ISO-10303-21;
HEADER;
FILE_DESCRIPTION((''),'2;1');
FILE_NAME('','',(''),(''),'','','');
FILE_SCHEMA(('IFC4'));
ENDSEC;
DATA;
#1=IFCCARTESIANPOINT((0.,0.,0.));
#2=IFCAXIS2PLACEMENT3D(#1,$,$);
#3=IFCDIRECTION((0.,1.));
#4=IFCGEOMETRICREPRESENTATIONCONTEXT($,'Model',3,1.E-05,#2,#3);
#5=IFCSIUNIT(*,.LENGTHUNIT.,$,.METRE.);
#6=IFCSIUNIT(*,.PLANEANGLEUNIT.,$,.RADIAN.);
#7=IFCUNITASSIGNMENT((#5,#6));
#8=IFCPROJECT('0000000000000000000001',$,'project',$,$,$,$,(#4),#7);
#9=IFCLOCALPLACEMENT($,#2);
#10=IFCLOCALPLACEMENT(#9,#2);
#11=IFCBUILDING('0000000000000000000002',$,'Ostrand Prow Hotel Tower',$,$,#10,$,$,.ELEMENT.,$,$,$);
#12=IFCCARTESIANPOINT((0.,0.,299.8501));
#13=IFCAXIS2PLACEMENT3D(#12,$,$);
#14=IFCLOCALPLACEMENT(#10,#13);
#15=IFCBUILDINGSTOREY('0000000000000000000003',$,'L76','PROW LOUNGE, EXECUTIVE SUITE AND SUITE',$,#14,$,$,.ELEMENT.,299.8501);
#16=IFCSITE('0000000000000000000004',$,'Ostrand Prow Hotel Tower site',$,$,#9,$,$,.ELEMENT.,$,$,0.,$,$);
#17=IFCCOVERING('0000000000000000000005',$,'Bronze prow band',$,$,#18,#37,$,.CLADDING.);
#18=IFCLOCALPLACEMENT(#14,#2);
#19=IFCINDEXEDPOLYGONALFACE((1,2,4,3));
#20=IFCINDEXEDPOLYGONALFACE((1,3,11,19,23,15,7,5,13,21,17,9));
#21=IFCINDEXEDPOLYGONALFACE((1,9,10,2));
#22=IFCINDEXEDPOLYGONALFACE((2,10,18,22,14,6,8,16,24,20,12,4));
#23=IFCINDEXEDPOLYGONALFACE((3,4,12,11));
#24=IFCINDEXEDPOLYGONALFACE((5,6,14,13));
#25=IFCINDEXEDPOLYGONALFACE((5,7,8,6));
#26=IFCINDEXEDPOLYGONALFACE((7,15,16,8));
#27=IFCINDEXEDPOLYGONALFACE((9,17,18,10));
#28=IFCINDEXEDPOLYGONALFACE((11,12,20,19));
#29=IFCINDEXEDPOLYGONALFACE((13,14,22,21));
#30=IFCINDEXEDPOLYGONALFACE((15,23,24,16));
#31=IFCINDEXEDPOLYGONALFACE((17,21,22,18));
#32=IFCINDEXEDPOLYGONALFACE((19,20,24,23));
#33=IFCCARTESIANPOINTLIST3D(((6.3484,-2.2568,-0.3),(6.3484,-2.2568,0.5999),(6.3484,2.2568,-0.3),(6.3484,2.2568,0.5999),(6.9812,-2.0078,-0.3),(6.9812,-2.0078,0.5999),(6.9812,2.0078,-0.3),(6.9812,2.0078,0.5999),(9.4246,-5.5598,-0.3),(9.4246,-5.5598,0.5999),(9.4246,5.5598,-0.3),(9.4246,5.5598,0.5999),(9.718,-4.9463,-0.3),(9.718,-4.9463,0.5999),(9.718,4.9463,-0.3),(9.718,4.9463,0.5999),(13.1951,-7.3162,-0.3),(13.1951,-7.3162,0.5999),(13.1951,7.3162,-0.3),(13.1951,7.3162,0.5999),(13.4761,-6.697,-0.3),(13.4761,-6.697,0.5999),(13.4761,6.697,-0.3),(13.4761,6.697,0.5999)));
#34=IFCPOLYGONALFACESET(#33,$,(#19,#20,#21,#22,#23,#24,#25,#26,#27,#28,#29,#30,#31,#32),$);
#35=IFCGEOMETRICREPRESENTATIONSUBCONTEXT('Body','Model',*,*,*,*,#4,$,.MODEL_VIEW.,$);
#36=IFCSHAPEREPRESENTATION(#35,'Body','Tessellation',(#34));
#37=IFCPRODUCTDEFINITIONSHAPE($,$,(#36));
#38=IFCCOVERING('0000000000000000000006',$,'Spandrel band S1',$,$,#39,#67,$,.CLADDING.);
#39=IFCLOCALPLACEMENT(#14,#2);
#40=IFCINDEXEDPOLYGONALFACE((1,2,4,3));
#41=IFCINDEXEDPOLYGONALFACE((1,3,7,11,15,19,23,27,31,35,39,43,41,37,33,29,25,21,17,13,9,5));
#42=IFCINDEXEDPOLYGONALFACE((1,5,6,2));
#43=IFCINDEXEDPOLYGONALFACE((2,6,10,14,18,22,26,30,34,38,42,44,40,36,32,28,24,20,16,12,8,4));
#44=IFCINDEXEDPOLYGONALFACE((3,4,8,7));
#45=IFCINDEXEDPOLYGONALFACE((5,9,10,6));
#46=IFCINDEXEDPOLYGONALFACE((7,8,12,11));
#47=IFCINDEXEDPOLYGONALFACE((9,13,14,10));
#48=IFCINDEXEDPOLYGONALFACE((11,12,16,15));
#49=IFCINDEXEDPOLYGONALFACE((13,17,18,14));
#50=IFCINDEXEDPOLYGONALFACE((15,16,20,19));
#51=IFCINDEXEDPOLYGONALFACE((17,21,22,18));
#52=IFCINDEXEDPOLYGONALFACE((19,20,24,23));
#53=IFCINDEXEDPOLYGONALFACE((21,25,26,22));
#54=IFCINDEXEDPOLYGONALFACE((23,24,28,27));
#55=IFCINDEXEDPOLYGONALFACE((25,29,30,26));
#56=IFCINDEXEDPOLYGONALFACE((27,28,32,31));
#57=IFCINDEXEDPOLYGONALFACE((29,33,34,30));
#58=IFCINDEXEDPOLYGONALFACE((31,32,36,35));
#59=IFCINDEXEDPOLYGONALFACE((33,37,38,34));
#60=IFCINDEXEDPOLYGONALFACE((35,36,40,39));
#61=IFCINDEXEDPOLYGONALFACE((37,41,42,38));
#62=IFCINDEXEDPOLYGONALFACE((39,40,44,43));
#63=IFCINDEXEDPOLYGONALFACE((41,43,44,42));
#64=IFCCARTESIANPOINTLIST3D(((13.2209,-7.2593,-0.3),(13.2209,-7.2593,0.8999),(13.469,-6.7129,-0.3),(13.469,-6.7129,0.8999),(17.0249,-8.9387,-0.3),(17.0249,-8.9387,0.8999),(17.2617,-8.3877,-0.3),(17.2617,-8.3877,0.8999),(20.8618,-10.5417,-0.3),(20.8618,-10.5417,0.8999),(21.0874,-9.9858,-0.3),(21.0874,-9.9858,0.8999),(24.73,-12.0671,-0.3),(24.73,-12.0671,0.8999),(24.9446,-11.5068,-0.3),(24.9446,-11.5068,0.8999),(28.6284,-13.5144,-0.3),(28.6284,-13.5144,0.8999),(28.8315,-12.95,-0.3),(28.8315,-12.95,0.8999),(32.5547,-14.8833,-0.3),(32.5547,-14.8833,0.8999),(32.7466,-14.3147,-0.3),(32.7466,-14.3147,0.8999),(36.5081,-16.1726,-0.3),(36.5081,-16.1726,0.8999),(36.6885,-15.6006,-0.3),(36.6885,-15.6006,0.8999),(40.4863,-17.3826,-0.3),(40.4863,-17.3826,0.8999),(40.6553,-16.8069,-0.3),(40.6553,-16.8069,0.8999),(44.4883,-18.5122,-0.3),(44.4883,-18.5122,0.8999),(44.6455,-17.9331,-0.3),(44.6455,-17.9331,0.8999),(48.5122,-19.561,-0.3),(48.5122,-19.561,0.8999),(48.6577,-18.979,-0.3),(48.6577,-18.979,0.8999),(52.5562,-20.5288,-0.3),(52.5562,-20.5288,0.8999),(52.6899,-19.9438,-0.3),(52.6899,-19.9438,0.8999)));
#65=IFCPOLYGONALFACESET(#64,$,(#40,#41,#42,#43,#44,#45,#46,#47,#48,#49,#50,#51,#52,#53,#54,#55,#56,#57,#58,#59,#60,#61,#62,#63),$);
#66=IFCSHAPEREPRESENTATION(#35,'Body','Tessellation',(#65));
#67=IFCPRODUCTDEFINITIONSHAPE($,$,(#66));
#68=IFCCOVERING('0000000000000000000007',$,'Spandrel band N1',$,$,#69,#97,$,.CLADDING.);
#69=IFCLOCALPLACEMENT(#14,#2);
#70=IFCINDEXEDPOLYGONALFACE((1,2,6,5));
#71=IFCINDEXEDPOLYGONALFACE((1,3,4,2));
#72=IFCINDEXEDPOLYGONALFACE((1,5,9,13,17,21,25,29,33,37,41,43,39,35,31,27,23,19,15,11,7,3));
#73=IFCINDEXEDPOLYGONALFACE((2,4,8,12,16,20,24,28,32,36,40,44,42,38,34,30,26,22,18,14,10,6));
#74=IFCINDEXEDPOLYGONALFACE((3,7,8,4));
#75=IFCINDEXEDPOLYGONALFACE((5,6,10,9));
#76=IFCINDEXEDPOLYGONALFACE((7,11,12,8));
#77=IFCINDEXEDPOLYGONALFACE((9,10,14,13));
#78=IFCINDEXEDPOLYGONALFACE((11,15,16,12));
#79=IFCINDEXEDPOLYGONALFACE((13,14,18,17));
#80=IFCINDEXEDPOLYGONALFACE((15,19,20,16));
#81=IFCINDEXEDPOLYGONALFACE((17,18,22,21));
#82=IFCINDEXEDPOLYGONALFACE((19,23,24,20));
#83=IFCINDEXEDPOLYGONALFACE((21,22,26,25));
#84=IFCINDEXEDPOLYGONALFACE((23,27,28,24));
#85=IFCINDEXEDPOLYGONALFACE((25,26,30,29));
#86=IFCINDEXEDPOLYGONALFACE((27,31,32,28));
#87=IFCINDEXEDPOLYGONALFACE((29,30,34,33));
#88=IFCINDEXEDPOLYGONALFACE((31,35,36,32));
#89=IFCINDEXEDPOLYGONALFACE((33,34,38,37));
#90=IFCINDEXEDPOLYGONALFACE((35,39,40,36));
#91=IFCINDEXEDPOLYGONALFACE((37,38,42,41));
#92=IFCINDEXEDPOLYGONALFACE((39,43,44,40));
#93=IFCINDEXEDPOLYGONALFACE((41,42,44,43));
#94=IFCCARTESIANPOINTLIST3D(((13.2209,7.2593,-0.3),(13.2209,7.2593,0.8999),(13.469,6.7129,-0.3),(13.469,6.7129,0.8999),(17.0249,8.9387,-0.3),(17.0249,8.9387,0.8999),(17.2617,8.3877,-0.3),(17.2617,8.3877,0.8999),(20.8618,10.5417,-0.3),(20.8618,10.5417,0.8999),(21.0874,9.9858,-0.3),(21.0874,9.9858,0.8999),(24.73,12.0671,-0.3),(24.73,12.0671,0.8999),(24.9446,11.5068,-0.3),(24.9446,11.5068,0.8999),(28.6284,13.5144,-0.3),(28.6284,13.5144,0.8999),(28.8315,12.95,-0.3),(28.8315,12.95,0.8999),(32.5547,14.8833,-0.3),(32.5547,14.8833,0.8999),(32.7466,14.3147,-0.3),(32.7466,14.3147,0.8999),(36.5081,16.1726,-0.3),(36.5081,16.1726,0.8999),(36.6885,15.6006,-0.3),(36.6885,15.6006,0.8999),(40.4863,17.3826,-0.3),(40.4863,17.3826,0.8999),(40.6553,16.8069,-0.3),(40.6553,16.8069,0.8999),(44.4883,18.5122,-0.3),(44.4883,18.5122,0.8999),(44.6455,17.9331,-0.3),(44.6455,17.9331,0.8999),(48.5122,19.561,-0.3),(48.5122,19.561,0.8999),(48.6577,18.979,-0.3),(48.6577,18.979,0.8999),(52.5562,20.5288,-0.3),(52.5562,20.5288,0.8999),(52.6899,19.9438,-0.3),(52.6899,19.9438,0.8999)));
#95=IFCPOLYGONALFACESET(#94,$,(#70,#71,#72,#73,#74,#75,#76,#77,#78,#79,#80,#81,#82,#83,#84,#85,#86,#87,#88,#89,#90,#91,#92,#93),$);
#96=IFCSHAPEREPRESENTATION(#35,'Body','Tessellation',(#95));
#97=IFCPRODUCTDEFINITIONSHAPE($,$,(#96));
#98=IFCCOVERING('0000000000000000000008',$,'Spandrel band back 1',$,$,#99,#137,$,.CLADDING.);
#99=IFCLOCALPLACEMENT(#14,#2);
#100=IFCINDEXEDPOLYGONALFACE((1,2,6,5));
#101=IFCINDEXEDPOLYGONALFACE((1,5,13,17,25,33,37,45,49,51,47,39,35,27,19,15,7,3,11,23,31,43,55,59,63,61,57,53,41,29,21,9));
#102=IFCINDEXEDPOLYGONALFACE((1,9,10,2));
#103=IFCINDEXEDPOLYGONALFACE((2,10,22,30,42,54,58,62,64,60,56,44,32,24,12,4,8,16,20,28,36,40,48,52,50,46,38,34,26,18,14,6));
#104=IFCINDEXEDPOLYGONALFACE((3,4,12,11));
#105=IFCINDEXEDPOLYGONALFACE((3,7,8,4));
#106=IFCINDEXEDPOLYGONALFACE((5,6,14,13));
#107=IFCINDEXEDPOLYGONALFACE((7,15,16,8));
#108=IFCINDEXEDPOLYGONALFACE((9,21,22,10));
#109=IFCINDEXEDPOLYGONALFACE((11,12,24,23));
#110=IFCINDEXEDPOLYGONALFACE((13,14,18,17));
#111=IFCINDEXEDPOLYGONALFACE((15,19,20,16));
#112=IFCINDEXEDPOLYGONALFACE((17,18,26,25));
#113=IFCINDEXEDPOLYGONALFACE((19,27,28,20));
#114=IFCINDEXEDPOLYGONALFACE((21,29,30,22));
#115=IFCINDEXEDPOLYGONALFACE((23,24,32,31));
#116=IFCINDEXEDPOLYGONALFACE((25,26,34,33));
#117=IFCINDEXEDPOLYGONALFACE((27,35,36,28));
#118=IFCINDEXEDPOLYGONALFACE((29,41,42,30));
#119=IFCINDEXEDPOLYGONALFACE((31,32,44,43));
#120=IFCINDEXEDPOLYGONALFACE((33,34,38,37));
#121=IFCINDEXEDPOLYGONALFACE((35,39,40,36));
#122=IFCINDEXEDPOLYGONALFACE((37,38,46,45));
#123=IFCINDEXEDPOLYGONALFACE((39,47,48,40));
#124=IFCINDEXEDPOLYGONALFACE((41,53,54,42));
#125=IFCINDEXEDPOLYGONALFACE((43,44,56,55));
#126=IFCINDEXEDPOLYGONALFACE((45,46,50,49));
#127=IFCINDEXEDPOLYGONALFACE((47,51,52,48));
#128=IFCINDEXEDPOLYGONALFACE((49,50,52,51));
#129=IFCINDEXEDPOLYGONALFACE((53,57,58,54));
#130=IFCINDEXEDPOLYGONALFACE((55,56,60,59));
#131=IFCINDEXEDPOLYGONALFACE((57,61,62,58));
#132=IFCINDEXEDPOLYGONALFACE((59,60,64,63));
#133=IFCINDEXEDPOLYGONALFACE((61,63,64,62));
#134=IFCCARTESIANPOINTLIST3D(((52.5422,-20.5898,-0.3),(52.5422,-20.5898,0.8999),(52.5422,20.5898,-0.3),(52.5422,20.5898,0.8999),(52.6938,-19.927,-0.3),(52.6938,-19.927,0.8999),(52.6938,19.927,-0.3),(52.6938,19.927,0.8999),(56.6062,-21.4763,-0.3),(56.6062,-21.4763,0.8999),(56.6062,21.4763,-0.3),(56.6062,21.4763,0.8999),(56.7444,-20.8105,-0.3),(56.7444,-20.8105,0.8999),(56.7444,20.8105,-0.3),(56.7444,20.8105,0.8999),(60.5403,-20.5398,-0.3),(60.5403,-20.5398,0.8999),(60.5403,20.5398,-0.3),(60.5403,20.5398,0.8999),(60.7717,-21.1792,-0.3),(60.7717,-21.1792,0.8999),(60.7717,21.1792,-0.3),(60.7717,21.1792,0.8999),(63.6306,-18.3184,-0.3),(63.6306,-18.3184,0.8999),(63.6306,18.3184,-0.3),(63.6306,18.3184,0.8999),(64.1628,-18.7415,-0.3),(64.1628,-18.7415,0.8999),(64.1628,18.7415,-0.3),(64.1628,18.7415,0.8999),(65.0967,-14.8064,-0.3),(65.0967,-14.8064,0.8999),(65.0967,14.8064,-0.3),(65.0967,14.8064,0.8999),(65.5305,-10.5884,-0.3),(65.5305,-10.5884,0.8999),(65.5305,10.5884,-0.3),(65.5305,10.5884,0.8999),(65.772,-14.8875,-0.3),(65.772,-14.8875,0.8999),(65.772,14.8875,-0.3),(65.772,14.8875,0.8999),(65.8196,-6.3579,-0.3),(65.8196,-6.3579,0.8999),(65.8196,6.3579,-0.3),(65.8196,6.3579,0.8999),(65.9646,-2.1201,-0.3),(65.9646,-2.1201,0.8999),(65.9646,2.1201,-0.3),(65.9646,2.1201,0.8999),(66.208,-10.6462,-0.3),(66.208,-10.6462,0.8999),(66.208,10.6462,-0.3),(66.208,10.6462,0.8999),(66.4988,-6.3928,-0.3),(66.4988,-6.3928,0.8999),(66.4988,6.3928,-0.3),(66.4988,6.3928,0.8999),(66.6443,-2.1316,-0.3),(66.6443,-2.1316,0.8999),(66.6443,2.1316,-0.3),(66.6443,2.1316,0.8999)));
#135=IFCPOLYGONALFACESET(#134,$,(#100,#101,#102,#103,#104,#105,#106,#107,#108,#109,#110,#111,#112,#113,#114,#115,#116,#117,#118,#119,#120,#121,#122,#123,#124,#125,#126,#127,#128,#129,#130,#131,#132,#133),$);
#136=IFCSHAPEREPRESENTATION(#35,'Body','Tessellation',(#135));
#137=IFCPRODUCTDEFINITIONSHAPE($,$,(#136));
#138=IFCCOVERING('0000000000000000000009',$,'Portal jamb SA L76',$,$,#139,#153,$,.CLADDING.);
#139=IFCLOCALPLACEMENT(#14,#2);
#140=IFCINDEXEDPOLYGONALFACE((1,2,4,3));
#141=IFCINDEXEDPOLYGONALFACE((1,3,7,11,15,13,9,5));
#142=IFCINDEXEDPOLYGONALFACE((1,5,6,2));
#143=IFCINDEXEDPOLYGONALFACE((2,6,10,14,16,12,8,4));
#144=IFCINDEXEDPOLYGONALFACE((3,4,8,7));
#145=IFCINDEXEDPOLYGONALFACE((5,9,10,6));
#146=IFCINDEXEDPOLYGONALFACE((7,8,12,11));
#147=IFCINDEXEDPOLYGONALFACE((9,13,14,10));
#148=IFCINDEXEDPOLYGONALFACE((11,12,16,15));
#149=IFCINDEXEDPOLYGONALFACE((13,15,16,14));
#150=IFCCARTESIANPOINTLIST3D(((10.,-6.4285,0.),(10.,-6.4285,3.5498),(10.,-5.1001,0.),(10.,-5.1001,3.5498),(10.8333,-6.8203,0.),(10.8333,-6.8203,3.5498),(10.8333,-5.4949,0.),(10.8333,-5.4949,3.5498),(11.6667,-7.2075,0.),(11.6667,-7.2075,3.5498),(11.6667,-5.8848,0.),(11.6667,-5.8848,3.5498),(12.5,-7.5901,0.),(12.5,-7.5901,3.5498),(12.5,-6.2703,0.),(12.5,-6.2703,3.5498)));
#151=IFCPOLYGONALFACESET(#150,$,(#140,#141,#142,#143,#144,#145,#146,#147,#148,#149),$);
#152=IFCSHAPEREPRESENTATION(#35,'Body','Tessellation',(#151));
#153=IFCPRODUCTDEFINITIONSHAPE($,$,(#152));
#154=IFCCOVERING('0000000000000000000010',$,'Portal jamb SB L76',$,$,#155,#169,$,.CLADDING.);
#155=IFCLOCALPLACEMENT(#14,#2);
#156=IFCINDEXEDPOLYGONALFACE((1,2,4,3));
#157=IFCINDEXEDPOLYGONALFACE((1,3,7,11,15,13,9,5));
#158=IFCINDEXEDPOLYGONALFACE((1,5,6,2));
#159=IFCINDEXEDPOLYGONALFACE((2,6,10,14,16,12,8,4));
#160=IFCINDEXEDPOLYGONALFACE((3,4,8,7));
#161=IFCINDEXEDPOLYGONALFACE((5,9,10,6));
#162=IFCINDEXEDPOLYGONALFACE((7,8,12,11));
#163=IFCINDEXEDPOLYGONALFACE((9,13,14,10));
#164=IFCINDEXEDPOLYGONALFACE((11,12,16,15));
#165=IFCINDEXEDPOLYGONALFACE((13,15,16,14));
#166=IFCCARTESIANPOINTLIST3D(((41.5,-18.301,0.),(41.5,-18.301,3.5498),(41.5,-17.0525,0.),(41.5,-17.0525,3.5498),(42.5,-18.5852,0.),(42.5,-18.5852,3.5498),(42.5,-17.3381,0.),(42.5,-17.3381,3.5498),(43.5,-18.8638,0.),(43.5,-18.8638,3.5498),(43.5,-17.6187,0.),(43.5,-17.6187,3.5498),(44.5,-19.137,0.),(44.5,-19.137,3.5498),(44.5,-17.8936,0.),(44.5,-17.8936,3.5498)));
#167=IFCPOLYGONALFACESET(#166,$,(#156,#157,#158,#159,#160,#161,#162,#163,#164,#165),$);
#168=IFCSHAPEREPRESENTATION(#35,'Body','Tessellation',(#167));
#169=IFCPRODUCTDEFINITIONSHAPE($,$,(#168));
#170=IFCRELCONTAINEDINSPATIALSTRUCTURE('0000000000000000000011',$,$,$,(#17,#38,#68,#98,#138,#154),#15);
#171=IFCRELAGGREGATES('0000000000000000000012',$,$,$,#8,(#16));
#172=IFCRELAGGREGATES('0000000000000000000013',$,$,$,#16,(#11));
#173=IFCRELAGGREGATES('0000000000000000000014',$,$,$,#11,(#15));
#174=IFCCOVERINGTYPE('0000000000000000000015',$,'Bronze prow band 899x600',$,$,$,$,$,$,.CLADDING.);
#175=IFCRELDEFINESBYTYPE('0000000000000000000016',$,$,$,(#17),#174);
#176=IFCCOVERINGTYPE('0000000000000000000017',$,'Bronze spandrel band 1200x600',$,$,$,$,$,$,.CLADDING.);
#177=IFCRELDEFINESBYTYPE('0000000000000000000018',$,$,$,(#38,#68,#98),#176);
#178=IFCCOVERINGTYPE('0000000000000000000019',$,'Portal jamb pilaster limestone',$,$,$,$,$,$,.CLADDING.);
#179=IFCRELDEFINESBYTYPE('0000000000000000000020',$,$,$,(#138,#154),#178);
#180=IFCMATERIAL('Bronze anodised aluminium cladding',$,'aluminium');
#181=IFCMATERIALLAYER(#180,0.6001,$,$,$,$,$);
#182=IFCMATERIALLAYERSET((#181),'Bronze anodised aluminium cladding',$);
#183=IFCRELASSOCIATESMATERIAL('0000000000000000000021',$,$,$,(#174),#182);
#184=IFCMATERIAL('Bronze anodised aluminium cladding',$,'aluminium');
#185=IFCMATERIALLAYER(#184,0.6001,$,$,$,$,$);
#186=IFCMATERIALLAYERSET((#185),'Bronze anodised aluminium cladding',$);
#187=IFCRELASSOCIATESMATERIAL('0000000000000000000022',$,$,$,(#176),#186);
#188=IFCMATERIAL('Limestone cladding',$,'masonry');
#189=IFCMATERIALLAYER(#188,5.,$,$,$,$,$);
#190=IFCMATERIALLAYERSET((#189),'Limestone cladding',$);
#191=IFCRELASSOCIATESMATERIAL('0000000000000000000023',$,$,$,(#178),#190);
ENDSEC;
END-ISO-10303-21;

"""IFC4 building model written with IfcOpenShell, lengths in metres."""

from ifc_helpers import new_model, si_unit, direction, frame, origin, place, context, subcontext, project, spatial, polyline, outline, extrude, material, layer, layer_set, type_object, element, save


model = new_model("IFC4")

# Units and contexts
model_context = context("Model", 3, precision=1e-05, world=origin(), true_north=direction((0.0, 1.0)))
body_context = subcontext(model_context, "Body", "Model", "MODEL_VIEW")
ifc_project = project(units=[si_unit("LENGTHUNIT", "METRE"), si_unit("PLANEANGLEUNIT", "RADIAN")], contexts=[model_context])

# Site, building, storey
site_placement = place(None, origin())
site = spatial("IfcSite", under=ifc_project, at=site_placement, Name="Ostrand Prow Hotel Tower site", CompositionType="ELEMENT", RefElevation=0.0)
building_placement = place(site_placement, origin())
building = spatial("IfcBuilding", under=site, at=building_placement, Name="Ostrand Prow Hotel Tower", CompositionType="ELEMENT")
storey_placement = place(building_placement, frame((0.0, 0.0, 299.8501)))
storey = spatial("IfcBuildingStorey", under=building, at=storey_placement, Name="L76", Description="PROW LOUNGE, EXECUTIVE SUITE AND SUITE", CompositionType="ELEMENT", Elevation=299.8501)

# Coverings
ifc_material_1 = material(Name="Bronze anodised aluminium cladding", Category="aluminium")
ifc_layer_1 = layer(ifc_material_1, 0.6001)
ifc_layer_set_1 = layer_set([ifc_layer_1], Name="Bronze anodised aluminium cladding")
covering_type_1 = type_object("IfcCoveringType", Name="Bronze prow band 899x600", PredefinedType="CLADDING", material=ifc_layer_set_1)
covering_1_placement = place(storey_placement, frame((0.0, 0.0, -0.3)))
element("IfcCovering", 1, at=covering_1_placement, inside=storey, type_object=covering_type_1, Name="Bronze prow band", PredefinedType="CLADDING", context=body_context, shape_type="SweptSolid", body=[
    extrude(outline(polyline([(13.1951, 7.3162), (9.4246, 5.5598), (6.3484, 2.2568), (6.3484, -2.2568), (9.4246, -5.5598), (13.1951, -7.3162), (13.4761, -6.697), (9.718, -4.9463), (6.9812, -2.0078), (6.9812, 2.0078), (9.718, 4.9463), (13.4761, 6.697), (13.1951, 7.3162)])), origin(), (0.0, 0.0, 1.0), 0.8999),
])
ifc_material_2 = material(Name="Bronze anodised aluminium cladding", Category="aluminium")
ifc_layer_2 = layer(ifc_material_2, 0.6001)
ifc_layer_set_2 = layer_set([ifc_layer_2], Name="Bronze anodised aluminium cladding")
covering_type_2 = type_object("IfcCoveringType", Name="Bronze spandrel band 1200x600", PredefinedType="CLADDING", material=ifc_layer_set_2)
covering_2_placement = place(storey_placement, frame((0.0, 0.0, -0.3)))
element("IfcCovering", 2, at=covering_2_placement, inside=storey, type_object=covering_type_2, Name="Spandrel band S1", PredefinedType="CLADDING", context=body_context, shape_type="SweptSolid", body=[
    extrude(outline(polyline([(13.2209, -7.2593), (17.0249, -8.9387), (20.8618, -10.5417), (24.73, -12.0671), (28.6284, -13.5144), (32.5547, -14.8833), (36.5081, -16.1726), (40.4863, -17.3826), (44.4883, -18.5122), (48.5122, -19.561), (52.5562, -20.5288), (52.6899, -19.9438), (48.6577, -18.979), (44.6455, -17.9331), (40.6553, -16.8069), (36.6885, -15.6006), (32.7466, -14.3147), (28.8315, -12.95), (24.9446, -11.5068), (21.0874, -9.9858), (17.2617, -8.3877), (13.469, -6.7129), (13.2209, -7.2593)])), origin(), (0.0, 0.0, 1.0), 1.2),
])
covering_3_placement = place(storey_placement, frame((0.0, 0.0, -0.3)))
element("IfcCovering", 3, at=covering_3_placement, inside=storey, type_object=covering_type_2, Name="Spandrel band N1", PredefinedType="CLADDING", context=body_context, shape_type="SweptSolid", body=[
    extrude(outline(polyline([(52.5562, 20.5288), (48.5122, 19.561), (44.4883, 18.5122), (40.4863, 17.3826), (36.5081, 16.1726), (32.5547, 14.8833), (28.6284, 13.5144), (24.73, 12.0671), (20.8618, 10.5417), (17.0249, 8.9387), (13.2209, 7.2593), (13.469, 6.7129), (17.2617, 8.3877), (21.0874, 9.9858), (24.9446, 11.5068), (28.8315, 12.95), (32.7466, 14.3147), (36.6885, 15.6006), (40.6553, 16.8069), (44.6455, 17.9331), (48.6577, 18.979), (52.6899, 19.9438), (52.5562, 20.5288)])), origin(), (0.0, 0.0, 1.0), 1.2),
])
covering_4_placement = place(storey_placement, frame((0.0, 0.0, -0.3)))
element("IfcCovering", 4, at=covering_4_placement, inside=storey, type_object=covering_type_2, Name="Spandrel band back 1", PredefinedType="CLADDING", context=body_context, shape_type="SweptSolid", body=[
    extrude(outline(polyline([(52.5422, -20.5898), (56.6062, -21.4763), (60.7717, -21.1792), (64.1628, -18.7415), (65.772, -14.8875), (66.208, -10.6462), (66.4988, -6.3928), (66.6443, -2.1316), (66.6443, 2.1316), (66.4988, 6.3928), (66.208, 10.6462), (65.772, 14.8875), (64.1628, 18.7415), (60.7717, 21.1792), (56.6062, 21.4763), (52.5422, 20.5898), (52.6938, 19.927), (56.7444, 20.8105), (60.5403, 20.5398), (63.6306, 18.3184), (65.0967, 14.8064), (65.5305, 10.5884), (65.8196, 6.3579), (65.9646, 2.1201), (65.9646, -2.1201), (65.8196, -6.3579), (65.5305, -10.5884), (65.0967, -14.8064), (63.6306, -18.3184), (60.5403, -20.5398), (56.7444, -20.8105), (52.6938, -19.927), (52.5422, -20.5898)])), origin(), (0.0, 0.0, 1.0), 1.2),
])
ifc_material_3 = material(Name="Limestone cladding", Category="masonry")
ifc_layer_3 = layer(ifc_material_3, 5.0)
ifc_layer_set_3 = layer_set([ifc_layer_3], Name="Limestone cladding")
covering_type_3 = type_object("IfcCoveringType", Name="Portal jamb pilaster limestone", PredefinedType="CLADDING", material=ifc_layer_set_3)
covering_5_placement = place(storey_placement, origin())
element("IfcCovering", 5, at=covering_5_placement, inside=storey, type_object=covering_type_3, Name="Portal jamb SA L76", PredefinedType="CLADDING", context=body_context, shape_type="SweptSolid", body=[
    extrude(outline(polyline([(10.0, -5.1001), (10.0, -6.4285), (10.8333, -6.8203), (11.6667, -7.2075), (12.5, -7.5901), (12.5, -6.2703), (11.6667, -5.8848), (10.8333, -5.4949), (10.0, -5.1001)])), origin(), (0.0, 0.0, 1.0), 3.5498),
])
covering_6_placement = place(storey_placement, origin())
element("IfcCovering", 6, at=covering_6_placement, inside=storey, type_object=covering_type_3, Name="Portal jamb SB L76", PredefinedType="CLADDING", context=body_context, shape_type="SweptSolid", body=[
    extrude(outline(polyline([(41.5, -17.0525), (41.5, -18.301), (42.5, -18.5852), (43.5, -18.8638), (44.5, -19.137), (44.5, -17.8936), (43.5, -17.6187), (42.5, -17.3381), (41.5, -17.0525)])), origin(), (0.0, 0.0, 1.0), 3.5498),
])

save(model, "model.ifc")
